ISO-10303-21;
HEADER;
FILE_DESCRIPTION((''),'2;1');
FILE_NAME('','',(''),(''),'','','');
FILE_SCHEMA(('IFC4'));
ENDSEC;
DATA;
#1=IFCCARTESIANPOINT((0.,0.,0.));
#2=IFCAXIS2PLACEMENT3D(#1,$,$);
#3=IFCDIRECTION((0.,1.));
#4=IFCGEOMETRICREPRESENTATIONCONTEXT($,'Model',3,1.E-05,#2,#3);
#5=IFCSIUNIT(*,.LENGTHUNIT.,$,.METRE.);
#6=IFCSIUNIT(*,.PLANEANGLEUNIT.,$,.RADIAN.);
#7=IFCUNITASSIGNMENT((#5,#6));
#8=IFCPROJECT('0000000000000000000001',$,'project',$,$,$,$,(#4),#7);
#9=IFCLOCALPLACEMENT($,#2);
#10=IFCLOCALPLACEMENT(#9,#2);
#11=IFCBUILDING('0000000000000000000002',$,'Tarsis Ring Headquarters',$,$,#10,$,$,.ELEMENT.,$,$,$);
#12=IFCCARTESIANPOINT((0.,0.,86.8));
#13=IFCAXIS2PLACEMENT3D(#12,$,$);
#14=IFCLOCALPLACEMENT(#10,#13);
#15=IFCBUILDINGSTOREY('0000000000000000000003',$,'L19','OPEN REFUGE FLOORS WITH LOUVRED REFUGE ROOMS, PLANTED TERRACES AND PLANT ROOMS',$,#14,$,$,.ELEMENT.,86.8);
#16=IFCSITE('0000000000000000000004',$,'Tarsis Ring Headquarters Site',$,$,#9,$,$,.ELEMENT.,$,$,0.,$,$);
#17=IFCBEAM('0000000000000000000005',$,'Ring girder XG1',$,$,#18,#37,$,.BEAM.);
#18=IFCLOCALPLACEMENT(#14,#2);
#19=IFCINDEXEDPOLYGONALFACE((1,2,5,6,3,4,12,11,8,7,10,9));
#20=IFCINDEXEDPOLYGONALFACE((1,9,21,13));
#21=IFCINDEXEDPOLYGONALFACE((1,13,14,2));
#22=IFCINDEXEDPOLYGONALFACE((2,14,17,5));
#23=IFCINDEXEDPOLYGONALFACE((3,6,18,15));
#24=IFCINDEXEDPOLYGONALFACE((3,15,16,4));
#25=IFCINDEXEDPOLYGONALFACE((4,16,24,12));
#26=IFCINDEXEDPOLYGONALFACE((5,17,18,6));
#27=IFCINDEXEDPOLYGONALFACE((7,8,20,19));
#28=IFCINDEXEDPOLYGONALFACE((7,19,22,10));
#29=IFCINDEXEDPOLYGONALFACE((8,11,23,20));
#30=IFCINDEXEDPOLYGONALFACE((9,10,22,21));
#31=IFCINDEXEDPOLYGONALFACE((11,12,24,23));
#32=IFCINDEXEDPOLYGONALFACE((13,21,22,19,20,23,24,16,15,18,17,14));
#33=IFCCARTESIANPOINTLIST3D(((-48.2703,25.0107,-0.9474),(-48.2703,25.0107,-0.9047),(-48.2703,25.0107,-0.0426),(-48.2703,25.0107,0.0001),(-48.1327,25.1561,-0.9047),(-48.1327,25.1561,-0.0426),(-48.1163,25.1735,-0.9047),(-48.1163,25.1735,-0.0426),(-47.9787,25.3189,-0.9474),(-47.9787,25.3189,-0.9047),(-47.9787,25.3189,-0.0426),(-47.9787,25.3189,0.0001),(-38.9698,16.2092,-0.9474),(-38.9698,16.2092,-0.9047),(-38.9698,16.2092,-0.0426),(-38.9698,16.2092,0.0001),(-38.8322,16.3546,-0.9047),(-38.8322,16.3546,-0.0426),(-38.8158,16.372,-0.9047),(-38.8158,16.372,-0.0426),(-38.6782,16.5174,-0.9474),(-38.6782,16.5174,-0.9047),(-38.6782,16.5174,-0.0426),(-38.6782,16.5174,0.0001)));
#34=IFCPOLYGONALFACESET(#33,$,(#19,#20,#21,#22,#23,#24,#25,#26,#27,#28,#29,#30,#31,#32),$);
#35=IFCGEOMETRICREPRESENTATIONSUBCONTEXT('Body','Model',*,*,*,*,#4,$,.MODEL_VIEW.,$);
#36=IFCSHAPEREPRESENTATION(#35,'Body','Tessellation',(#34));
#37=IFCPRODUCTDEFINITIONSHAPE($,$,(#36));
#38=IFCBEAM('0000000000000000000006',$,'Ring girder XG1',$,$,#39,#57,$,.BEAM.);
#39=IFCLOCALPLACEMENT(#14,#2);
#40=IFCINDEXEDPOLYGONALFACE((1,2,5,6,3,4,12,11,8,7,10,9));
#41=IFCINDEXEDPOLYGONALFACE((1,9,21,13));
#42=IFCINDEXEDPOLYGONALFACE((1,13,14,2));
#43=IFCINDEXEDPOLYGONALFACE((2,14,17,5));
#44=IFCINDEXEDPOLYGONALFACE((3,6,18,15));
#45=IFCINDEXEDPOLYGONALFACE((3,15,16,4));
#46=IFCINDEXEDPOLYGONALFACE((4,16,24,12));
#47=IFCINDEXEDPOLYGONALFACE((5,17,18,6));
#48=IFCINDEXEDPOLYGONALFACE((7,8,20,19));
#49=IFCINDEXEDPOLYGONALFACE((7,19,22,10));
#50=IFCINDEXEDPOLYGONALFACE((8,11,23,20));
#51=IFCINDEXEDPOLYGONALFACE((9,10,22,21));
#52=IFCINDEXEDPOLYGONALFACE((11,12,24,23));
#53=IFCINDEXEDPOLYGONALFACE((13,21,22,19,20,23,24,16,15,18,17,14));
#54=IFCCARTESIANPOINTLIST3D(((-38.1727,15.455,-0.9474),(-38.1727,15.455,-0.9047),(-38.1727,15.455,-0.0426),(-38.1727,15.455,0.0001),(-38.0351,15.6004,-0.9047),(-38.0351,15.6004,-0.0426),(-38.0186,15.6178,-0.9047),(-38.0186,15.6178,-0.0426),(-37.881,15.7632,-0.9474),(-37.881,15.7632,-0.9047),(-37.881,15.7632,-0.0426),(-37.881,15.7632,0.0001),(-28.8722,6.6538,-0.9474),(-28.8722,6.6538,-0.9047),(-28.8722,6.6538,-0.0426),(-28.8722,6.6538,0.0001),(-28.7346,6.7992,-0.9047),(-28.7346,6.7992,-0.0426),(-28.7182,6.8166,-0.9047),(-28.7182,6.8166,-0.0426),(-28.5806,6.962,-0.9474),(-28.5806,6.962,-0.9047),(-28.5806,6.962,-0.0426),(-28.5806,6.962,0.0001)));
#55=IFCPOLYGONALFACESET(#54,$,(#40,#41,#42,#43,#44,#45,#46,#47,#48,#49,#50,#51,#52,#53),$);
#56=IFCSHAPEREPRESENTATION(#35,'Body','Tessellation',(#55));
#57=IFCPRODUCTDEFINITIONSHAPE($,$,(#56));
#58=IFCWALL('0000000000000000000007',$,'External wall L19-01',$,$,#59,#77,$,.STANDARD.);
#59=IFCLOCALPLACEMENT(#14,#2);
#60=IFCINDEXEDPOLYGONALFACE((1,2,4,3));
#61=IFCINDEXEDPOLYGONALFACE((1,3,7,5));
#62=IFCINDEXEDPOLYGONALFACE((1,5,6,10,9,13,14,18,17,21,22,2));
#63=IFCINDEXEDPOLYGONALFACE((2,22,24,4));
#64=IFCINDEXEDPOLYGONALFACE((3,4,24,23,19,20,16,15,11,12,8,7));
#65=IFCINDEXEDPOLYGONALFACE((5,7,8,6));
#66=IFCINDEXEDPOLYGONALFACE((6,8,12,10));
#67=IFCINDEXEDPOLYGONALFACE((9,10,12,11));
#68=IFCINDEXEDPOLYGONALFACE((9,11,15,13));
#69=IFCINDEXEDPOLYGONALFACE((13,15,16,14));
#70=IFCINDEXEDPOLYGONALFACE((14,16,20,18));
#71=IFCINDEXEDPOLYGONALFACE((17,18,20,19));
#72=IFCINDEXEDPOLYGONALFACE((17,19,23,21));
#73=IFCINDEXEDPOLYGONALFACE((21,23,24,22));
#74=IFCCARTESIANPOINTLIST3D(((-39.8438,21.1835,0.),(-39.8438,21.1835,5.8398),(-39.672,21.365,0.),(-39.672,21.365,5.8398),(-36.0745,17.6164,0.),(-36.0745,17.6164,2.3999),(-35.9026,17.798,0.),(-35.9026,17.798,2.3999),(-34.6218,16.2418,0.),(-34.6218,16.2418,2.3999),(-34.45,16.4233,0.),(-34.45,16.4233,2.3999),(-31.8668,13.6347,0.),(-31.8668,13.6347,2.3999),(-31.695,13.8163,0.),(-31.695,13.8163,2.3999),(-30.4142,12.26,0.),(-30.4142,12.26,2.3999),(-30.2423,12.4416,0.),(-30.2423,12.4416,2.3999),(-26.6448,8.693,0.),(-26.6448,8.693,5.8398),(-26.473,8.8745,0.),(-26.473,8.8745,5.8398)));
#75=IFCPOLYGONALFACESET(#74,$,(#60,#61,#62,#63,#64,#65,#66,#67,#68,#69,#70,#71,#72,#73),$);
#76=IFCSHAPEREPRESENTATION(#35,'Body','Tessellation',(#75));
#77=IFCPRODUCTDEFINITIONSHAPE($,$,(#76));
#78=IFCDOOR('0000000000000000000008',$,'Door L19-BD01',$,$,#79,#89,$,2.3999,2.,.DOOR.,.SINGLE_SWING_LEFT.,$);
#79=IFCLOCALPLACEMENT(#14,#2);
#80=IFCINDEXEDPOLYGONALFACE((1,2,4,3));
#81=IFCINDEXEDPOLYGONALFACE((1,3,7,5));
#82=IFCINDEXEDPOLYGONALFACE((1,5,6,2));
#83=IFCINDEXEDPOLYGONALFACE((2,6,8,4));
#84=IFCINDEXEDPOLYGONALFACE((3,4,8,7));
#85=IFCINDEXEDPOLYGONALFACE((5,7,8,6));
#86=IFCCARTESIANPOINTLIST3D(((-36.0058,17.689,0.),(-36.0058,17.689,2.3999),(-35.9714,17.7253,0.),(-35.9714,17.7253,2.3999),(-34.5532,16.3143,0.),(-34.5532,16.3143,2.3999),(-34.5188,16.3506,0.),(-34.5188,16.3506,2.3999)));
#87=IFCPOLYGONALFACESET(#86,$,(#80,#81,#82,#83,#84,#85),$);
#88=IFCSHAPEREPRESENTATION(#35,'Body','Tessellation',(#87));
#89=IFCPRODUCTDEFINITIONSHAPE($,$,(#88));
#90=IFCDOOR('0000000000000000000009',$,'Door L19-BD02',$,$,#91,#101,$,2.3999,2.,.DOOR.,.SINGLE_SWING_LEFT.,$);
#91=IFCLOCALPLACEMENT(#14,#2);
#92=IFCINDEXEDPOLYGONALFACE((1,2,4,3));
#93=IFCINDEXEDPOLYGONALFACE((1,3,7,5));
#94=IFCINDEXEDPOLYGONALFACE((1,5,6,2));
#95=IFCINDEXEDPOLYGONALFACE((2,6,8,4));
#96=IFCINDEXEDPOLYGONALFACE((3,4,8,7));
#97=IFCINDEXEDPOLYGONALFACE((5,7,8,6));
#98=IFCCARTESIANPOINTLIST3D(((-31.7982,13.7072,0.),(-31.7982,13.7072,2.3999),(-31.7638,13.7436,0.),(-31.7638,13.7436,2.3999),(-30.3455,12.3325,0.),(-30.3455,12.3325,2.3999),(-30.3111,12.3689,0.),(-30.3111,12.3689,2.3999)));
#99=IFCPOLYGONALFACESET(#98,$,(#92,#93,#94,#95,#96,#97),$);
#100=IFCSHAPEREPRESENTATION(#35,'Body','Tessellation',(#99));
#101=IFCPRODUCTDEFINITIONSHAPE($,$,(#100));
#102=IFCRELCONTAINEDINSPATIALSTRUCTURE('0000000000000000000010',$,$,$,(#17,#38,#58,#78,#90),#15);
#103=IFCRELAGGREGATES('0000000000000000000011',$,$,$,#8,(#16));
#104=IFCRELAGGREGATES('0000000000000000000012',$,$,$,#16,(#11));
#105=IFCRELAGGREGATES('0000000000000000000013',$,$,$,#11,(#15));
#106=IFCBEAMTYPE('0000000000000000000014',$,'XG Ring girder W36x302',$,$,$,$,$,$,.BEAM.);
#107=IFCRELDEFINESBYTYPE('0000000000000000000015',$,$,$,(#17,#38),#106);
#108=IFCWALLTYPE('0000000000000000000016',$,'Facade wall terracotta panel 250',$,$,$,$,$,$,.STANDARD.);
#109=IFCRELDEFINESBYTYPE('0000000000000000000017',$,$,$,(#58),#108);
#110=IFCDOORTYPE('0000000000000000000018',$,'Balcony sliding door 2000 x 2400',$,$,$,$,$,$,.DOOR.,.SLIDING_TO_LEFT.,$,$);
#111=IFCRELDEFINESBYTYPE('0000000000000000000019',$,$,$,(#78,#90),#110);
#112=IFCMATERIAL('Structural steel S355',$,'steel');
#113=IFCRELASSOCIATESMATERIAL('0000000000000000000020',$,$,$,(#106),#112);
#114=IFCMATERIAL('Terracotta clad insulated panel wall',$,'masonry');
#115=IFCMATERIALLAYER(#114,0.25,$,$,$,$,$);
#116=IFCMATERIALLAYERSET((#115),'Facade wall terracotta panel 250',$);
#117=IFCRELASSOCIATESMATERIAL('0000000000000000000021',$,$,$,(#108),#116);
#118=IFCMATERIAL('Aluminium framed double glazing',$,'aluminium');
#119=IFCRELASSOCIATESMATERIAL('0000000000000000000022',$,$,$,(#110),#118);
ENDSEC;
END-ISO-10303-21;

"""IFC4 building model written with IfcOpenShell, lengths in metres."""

from ifc_helpers import new_model, si_unit, direction, frame, frame_2d, origin, origin_2d, place, context, subcontext, project, spatial, rectangle, i_section, extrude, material, layer, layer_set, material_profile, profile_set, type_object, element, fill, save


model = new_model("IFC4")

# Units and contexts
model_context = context("Model", 3, precision=1e-05, world=origin(), true_north=direction((0.0, 1.0)))
body_context = subcontext(model_context, "Body", "Model", "MODEL_VIEW")
ifc_project = project(units=[si_unit("LENGTHUNIT", "METRE"), si_unit("PLANEANGLEUNIT", "RADIAN")], contexts=[model_context])

# Site, building, storey
site_placement = place(None, origin())
site = spatial("IfcSite", under=ifc_project, at=site_placement, Name="Tarsis Ring Headquarters Site", CompositionType="ELEMENT", RefElevation=0.0)
building_placement = place(site_placement, origin())
building = spatial("IfcBuilding", under=site, at=building_placement, Name="Tarsis Ring Headquarters", CompositionType="ELEMENT")
storey_placement = place(building_placement, frame((0.0, 0.0, 86.8)))
storey = spatial("IfcBuildingStorey", under=building, at=storey_placement, Name="L19", Description="OPEN REFUGE FLOORS WITH LOUVRED REFUGE ROOMS, PLANTED TERRACES AND PLANT ROOMS", CompositionType="ELEMENT", Elevation=86.8)

# Beams
ifc_material_1 = material(Name="Structural steel S355", Category="steel")
ifc_material_profile_1 = material_profile(ifc_material_1, i_section(OverallWidth=0.4243, OverallDepth=0.9475, WebThickness=0.0239, FlangeThickness=0.0427, at=origin_2d()), Name="W36x302")
ifc_profile_set_1 = profile_set([ifc_material_profile_1], Name="Structural steel S355")
beam_type = type_object("IfcBeamType", Name="XG Ring girder W36x302", PredefinedType="BEAM", material=ifc_profile_set_1)
beam_1_placement = place(storey_placement, frame((-48.1245, 25.1648, -0.4736), z_axis=(0.726324, -0.687353, 0.0), x_axis=(0.687353, 0.726324, 0.0)))
element("IfcBeam", 1, at=beam_1_placement, inside=storey, type_object=beam_type, Name="Ring girder XG1", PredefinedType="BEAM", context=body_context, shape_type="SweptSolid", body=[
    extrude(i_section(OverallWidth=0.4243, OverallDepth=0.9475, WebThickness=0.0239, FlangeThickness=0.0427, at=origin_2d()), origin(), (0.0, 0.0, 1.0), 12.8049),
])
beam_2_placement = place(storey_placement, frame((-38.0269, 15.6091, -0.4736), z_axis=(0.726333, -0.687343, 0.0), x_axis=(0.687343, 0.726333, 0.0)))
element("IfcBeam", 2, at=beam_2_placement, inside=storey, type_object=beam_type, Name="Ring girder XG1", PredefinedType="BEAM", context=body_context, shape_type="SweptSolid", body=[
    extrude(i_section(OverallWidth=0.4243, OverallDepth=0.9475, WebThickness=0.0239, FlangeThickness=0.0427, at=origin_2d()), origin(), (0.0, 0.0, 1.0), 12.8047),
])

# Wall, openings, doors
ifc_material_2 = material(Name="Terracotta clad insulated panel wall", Category="masonry")
ifc_layer = layer(ifc_material_2, 0.25)
ifc_layer_set = layer_set([ifc_layer], Name="Facade wall terracotta panel 250")
wall_type = type_object("IfcWallType", Name="Facade wall terracotta panel 250", PredefinedType="STANDARD", material=ifc_layer_set)
wall_placement = place(storey_placement, frame((-39.7578, 21.2742, 0.0), z_axis=(0.0, 0.0, 1.0), x_axis=(0.726332, -0.687344, 0.0)))
wall = element("IfcWall", 3, at=wall_placement, inside=storey, type_object=wall_type, Name="External wall L19-01", PredefinedType="STANDARD", context=body_context, shape_type="SweptSolid", body=[
    extrude(rectangle(XDim=18.1721, YDim=0.25, at=frame_2d((9.0859, 0.0))), origin(), (0.0, 0.0, 1.0), 5.8398),
])
opening_1_placement = place(wall_placement, frame((5.1895, 0.0, 0.0)))
opening_1 = element("IfcOpeningElement", 4, at=opening_1_placement, cuts=wall, PredefinedType="OPENING", context=body_context, shape_type="SweptSolid", body=[
    extrude(rectangle(XDim=2.0, YDim=2.3999, at=frame_2d((1.0, 1.2))), frame((0.0, 0.135, 0.0), z_axis=(0.0, -1.0, 0.0), x_axis=(1.0, 0.0, 0.0)), (0.0, 0.0, 1.0), 0.27),
])
opening_2_placement = place(wall_placement, frame((10.9824, 0.0, 0.0)))
opening_2 = element("IfcOpeningElement", 5, at=opening_2_placement, cuts=wall, PredefinedType="OPENING", context=body_context, shape_type="SweptSolid", body=[
    extrude(rectangle(XDim=2.0, YDim=2.3999, at=frame_2d((1.0, 1.2))), frame((0.0, 0.135, 0.0), z_axis=(0.0, -1.0, 0.0), x_axis=(1.0, 0.0, 0.0)), (0.0, 0.0, 1.0), 0.27),
])
ifc_material_3 = material(Name="Aluminium framed double glazing", Category="aluminium")
door_type = type_object("IfcDoorType", Name="Balcony sliding door 2000 x 2400", OperationType="SLIDING_TO_LEFT", PredefinedType="DOOR", material=ifc_material_3)
door_1_placement = place(opening_1_placement, origin())
door_1 = element("IfcDoor", 6, at=door_1_placement, inside=storey, type_object=door_type, Name="Door L19-BD01", OperationType="SINGLE_SWING_LEFT", OverallHeight=2.3999, OverallWidth=2.0, PredefinedType="DOOR", context=body_context, shape_type="SweptSolid", body=[
    extrude(rectangle(XDim=2.0, YDim=2.3999, at=frame_2d((1.0, 1.2))), frame((0.0, 0.0249, 0.0), z_axis=(0.0, -1.0, 0.0), x_axis=(1.0, 0.0, 0.0)), (0.0, 0.0, 1.0), 0.05),
])
fill(opening_1, door_1)
door_2_placement = place(opening_2_placement, origin())
door_2 = element("IfcDoor", 7, at=door_2_placement, inside=storey, type_object=door_type, Name="Door L19-BD02", OperationType="SINGLE_SWING_LEFT", OverallHeight=2.3999, OverallWidth=2.0, PredefinedType="DOOR", context=body_context, shape_type="SweptSolid", body=[
    extrude(rectangle(XDim=2.0, YDim=2.3999, at=frame_2d((1.0, 1.2))), frame((0.0, 0.0249, 0.0), z_axis=(0.0, -1.0, 0.0), x_axis=(1.0, 0.0, 0.0)), (0.0, 0.0, 1.0), 0.05),
])
fill(opening_2, door_2)

save(model, "model.ifc")
